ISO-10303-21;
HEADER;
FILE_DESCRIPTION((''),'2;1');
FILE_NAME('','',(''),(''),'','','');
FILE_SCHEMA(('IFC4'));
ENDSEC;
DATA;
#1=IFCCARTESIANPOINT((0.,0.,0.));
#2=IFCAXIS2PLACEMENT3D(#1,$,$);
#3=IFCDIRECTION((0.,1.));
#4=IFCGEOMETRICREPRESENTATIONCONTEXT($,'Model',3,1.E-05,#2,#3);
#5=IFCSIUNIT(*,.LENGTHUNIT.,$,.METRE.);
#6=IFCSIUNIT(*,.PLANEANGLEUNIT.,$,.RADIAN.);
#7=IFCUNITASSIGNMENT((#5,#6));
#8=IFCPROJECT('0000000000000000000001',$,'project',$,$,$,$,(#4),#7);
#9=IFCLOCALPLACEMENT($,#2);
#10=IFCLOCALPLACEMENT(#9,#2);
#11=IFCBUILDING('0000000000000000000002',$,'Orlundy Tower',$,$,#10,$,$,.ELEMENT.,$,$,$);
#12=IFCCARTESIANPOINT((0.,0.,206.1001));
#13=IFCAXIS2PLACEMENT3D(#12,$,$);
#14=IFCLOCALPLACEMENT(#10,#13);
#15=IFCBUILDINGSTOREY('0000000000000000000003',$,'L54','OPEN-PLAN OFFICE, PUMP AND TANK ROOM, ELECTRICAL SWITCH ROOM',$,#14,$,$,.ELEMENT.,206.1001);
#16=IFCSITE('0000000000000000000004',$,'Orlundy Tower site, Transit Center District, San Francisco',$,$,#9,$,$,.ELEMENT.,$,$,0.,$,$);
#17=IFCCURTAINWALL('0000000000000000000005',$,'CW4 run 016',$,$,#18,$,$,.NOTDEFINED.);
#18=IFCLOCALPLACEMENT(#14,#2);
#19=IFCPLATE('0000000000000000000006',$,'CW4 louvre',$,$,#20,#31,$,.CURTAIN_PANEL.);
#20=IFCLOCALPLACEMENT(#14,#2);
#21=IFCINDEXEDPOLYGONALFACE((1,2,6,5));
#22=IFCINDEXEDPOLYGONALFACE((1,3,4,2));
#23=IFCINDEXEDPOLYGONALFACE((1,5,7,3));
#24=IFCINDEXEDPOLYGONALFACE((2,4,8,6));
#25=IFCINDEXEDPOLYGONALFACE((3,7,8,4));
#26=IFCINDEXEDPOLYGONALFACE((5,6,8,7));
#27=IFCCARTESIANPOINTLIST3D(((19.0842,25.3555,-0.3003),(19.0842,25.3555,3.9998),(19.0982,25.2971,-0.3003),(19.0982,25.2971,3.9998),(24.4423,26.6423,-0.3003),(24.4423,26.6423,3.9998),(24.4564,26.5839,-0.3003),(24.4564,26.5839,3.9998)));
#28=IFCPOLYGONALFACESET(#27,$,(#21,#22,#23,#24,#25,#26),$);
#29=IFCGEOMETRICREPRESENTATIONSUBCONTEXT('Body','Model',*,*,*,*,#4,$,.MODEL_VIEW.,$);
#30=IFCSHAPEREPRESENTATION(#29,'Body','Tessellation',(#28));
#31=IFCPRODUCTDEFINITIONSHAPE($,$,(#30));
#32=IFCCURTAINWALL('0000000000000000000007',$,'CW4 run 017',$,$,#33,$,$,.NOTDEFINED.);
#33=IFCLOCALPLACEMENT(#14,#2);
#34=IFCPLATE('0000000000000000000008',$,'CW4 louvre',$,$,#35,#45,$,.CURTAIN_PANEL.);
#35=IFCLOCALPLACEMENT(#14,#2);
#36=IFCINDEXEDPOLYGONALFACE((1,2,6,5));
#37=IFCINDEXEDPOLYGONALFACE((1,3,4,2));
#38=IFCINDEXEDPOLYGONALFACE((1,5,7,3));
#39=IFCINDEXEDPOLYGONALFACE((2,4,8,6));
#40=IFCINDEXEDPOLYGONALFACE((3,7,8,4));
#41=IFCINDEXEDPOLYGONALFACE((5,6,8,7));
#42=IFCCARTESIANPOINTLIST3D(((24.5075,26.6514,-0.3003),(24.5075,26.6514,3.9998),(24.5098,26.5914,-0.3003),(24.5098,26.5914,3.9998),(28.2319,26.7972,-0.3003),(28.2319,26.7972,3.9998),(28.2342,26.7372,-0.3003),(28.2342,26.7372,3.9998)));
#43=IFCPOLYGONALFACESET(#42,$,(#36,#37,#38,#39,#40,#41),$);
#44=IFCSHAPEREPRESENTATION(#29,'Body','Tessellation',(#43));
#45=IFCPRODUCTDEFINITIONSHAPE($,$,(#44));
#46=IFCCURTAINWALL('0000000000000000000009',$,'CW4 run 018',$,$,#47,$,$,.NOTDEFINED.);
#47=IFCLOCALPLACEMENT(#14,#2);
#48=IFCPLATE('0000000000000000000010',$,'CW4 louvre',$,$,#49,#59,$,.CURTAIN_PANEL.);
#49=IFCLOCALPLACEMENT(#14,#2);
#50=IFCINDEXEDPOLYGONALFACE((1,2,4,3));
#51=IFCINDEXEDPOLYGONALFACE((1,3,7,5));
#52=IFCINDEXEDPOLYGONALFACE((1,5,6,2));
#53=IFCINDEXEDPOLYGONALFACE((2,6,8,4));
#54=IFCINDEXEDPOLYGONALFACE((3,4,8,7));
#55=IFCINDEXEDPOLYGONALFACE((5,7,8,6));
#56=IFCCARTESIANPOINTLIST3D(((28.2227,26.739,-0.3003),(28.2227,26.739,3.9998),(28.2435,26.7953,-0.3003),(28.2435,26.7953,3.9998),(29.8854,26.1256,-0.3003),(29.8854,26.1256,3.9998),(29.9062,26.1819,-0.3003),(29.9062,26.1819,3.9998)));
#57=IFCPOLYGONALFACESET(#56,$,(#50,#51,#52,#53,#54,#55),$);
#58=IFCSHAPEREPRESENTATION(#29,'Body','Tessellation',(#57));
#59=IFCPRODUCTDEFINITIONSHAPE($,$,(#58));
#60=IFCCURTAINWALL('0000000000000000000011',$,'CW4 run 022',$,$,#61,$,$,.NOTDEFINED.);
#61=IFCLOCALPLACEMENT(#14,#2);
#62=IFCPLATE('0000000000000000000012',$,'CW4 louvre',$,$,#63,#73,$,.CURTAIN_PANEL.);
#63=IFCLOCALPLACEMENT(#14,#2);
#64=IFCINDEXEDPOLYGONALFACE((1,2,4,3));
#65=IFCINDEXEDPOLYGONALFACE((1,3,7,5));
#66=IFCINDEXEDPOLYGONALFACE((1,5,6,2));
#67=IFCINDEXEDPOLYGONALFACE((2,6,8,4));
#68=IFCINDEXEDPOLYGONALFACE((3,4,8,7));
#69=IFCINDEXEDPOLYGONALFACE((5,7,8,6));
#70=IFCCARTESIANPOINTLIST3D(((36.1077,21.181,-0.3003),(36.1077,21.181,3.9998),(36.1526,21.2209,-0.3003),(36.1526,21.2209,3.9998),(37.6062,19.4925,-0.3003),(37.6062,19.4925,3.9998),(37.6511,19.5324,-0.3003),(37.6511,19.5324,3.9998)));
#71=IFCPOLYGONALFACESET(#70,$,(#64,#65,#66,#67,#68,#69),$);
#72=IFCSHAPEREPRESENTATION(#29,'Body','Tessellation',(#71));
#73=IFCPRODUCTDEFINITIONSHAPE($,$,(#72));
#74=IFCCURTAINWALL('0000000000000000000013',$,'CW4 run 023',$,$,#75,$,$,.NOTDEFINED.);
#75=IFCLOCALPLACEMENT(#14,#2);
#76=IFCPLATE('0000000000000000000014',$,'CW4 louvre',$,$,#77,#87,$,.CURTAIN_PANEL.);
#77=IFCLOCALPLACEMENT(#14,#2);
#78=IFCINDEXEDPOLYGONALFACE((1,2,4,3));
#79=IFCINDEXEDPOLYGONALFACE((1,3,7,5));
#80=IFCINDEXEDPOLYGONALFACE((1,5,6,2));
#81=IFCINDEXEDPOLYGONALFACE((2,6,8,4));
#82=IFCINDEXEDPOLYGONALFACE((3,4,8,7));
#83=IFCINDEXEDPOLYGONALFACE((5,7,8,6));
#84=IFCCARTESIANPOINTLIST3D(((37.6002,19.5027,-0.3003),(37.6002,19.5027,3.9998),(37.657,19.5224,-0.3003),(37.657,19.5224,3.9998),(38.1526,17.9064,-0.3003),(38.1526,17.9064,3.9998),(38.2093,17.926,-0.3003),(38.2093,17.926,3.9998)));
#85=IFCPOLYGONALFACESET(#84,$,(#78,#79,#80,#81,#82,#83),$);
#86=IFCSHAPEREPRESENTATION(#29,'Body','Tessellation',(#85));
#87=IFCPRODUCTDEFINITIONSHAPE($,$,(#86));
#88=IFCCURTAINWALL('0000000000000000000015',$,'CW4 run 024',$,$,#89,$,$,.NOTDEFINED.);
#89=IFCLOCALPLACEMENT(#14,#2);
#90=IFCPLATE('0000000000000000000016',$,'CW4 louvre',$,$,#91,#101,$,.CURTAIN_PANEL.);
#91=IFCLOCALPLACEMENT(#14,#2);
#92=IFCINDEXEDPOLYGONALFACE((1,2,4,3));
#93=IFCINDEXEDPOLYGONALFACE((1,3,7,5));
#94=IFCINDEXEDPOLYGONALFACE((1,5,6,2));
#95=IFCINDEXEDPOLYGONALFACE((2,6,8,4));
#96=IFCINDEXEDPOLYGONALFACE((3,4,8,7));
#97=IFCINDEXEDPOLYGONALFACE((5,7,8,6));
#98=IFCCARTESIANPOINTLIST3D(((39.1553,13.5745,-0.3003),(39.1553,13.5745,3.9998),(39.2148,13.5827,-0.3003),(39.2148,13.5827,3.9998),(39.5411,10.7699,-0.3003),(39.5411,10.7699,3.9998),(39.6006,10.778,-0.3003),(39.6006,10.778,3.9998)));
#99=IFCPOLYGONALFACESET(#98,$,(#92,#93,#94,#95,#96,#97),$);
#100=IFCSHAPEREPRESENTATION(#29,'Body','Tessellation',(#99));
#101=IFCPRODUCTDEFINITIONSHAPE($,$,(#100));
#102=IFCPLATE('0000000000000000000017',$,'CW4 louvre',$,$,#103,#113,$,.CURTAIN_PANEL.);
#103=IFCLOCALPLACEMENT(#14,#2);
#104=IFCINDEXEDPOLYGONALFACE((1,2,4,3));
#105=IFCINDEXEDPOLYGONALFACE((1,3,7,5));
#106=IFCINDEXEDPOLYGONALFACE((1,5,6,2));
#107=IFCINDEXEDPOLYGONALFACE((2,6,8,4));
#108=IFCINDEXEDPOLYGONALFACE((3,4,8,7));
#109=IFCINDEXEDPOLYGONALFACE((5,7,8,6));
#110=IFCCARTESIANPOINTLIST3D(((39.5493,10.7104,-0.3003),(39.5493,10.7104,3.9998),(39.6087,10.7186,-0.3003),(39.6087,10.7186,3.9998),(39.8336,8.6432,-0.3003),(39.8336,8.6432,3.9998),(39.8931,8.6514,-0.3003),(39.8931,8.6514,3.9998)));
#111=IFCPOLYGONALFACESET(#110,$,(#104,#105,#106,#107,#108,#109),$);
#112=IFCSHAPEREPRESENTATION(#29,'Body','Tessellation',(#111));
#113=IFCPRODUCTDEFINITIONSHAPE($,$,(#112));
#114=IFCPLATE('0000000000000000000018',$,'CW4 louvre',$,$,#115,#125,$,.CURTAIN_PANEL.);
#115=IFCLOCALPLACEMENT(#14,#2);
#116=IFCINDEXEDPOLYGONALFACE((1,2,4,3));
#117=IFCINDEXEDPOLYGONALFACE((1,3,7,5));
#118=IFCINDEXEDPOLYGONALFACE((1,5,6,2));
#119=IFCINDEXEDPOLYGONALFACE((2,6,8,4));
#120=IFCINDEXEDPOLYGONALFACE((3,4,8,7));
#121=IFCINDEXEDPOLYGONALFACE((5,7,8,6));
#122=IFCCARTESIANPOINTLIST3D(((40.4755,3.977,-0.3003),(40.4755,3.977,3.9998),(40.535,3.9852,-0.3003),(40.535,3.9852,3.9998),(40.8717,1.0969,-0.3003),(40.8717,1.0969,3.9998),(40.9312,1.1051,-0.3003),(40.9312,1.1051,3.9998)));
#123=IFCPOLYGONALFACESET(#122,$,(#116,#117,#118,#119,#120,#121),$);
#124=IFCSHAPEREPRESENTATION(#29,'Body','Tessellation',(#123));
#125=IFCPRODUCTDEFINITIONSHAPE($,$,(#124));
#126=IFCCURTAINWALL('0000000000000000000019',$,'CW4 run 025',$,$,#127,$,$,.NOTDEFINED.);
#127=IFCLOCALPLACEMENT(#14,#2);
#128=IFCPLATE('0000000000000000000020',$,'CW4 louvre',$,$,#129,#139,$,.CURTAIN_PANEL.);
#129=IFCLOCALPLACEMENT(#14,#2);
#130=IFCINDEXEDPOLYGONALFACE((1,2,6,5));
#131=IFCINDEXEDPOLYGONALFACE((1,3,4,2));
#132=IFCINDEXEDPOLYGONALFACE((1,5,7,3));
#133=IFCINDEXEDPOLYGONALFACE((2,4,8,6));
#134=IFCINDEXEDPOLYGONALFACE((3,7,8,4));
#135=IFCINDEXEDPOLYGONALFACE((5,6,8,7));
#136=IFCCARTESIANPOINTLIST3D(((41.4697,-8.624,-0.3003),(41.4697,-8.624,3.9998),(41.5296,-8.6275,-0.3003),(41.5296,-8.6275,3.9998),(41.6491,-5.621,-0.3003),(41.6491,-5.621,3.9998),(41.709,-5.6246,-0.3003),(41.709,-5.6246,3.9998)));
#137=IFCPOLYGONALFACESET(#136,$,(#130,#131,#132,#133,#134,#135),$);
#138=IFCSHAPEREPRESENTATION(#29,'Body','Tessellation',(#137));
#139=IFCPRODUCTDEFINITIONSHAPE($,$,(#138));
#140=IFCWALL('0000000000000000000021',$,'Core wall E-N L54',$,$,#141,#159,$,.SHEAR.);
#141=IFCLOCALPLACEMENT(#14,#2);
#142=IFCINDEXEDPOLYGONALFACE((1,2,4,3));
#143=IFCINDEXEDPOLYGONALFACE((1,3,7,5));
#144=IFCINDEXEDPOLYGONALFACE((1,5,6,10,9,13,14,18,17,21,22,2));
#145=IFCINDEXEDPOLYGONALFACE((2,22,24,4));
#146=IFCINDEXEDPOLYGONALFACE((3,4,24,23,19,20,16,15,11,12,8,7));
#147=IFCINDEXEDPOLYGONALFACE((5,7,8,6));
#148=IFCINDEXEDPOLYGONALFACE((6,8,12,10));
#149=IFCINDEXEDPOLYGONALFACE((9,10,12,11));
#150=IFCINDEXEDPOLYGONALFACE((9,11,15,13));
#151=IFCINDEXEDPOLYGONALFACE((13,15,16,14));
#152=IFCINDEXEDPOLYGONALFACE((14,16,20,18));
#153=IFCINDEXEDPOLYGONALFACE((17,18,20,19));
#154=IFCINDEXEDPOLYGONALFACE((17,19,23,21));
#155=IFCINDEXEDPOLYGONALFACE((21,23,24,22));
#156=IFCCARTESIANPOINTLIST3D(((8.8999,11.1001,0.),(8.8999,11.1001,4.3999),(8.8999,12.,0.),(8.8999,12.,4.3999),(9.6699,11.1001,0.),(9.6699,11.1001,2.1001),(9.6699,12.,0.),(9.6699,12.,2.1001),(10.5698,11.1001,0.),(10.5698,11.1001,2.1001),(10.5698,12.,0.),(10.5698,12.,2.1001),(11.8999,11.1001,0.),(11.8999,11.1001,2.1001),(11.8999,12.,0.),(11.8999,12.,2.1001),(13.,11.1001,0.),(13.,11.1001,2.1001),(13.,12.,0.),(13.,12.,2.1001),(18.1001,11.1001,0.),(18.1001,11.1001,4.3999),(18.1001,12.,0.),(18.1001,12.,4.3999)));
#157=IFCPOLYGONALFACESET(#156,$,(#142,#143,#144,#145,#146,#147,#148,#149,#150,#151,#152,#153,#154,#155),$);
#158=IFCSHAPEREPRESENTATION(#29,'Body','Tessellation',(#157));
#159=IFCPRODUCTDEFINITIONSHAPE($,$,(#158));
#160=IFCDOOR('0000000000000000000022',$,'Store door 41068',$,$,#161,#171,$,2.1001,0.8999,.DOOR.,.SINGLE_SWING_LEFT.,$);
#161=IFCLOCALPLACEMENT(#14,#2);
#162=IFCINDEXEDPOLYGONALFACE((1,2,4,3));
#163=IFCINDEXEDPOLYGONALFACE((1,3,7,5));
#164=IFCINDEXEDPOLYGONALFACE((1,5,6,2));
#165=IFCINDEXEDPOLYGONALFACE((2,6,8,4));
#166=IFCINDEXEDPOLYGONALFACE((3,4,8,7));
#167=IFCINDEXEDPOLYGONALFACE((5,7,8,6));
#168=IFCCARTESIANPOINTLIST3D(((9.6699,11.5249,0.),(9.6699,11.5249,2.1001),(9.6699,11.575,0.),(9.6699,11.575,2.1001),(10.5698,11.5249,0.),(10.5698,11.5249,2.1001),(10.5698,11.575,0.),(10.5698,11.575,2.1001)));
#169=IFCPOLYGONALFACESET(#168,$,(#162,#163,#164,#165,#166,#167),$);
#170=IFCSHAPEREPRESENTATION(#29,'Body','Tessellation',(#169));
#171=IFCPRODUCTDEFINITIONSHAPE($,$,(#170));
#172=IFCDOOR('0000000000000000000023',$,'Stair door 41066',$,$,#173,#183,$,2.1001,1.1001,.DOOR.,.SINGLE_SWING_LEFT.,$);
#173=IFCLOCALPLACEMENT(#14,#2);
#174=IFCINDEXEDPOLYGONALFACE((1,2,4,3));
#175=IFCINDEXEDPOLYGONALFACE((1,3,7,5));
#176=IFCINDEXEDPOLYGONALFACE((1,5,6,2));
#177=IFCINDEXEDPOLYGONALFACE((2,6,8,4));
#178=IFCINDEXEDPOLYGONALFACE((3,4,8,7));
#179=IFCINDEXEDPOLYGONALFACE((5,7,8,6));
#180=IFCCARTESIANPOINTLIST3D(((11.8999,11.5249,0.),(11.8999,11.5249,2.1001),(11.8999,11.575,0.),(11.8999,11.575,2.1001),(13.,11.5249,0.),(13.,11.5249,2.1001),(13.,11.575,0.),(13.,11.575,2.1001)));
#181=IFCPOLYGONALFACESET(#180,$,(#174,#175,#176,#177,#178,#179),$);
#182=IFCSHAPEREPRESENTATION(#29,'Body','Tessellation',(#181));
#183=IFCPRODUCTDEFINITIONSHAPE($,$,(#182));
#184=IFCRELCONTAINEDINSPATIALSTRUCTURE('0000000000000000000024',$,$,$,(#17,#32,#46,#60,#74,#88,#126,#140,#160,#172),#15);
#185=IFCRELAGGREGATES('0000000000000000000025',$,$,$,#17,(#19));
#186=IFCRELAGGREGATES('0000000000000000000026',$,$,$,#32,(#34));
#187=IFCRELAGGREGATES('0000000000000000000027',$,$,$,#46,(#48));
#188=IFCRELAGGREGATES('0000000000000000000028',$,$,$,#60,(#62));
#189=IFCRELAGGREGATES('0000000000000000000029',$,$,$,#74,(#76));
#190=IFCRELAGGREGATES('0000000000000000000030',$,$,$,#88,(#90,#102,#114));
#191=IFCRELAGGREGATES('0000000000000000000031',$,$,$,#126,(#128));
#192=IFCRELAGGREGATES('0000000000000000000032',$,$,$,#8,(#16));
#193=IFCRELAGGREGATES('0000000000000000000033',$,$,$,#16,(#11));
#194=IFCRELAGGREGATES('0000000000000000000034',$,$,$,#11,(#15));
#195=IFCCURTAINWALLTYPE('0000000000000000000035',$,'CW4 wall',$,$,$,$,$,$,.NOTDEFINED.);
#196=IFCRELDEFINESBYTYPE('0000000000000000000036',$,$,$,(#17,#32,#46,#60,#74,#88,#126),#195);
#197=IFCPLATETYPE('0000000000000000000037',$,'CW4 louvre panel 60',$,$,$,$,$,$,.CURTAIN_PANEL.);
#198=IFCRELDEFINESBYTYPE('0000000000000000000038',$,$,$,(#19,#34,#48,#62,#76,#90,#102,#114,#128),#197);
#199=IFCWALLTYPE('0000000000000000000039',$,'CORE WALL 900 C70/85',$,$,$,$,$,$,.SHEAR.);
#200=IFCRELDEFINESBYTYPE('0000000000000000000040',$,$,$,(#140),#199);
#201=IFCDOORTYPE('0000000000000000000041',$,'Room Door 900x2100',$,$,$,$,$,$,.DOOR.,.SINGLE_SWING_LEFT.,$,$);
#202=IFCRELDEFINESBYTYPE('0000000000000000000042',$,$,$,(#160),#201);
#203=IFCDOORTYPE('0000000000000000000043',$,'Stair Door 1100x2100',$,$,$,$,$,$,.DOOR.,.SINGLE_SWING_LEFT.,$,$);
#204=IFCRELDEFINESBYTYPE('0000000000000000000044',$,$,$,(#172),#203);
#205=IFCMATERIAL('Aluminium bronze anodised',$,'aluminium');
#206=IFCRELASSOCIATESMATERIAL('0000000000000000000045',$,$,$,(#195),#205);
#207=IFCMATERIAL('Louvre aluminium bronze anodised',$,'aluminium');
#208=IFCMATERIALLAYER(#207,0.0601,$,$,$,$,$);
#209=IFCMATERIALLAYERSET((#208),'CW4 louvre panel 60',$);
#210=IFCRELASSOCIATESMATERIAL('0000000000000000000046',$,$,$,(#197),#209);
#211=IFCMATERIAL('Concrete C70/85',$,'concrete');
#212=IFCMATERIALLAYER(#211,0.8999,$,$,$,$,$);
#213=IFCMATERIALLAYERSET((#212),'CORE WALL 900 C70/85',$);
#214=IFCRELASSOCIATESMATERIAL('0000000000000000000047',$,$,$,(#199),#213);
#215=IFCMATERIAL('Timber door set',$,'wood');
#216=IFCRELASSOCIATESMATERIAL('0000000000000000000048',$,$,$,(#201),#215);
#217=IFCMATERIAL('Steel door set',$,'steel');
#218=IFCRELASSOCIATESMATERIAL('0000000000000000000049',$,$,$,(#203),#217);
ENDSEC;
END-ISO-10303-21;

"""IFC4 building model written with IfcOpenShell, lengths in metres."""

from ifc_helpers import new_model, si_unit, direction, frame, frame_2d, origin, origin_2d, place, context, subcontext, project, spatial, rectangle, extrude, material, layer, layer_set, type_object, element, fill, aggregate, save


model = new_model("IFC4")

# Units and contexts
model_context = context("Model", 3, precision=1e-05, world=origin(), true_north=direction((0.0, 1.0)))
body_context = subcontext(model_context, "Body", "Model", "MODEL_VIEW")
ifc_project = project(units=[si_unit("LENGTHUNIT", "METRE"), si_unit("PLANEANGLEUNIT", "RADIAN")], contexts=[model_context])

# Site, building, storey
site_placement = place(None, origin())
site = spatial("IfcSite", under=ifc_project, at=site_placement, Name="Orlundy Tower site, Transit Center District, San Francisco", CompositionType="ELEMENT", RefElevation=0.0)
building_placement = place(site_placement, origin())
building = spatial("IfcBuilding", under=site, at=building_placement, Name="Orlundy Tower", CompositionType="ELEMENT")
storey_placement = place(building_placement, frame((0.0, 0.0, 206.1001)))
storey = spatial("IfcBuildingStorey", under=building, at=storey_placement, Name="L54", Description="OPEN-PLAN OFFICE, PUMP AND TANK ROOM, ELECTRICAL SWITCH ROOM", CompositionType="ELEMENT", Elevation=206.1001)

# Shared definitions
ifc_material_1 = material(Name="Aluminium bronze anodised", Category="aluminium")
curtain_wall_type = type_object("IfcCurtainWallType", Name="CW4 wall", PredefinedType="NOTDEFINED", material=ifc_material_1)
ifc_material_2 = material(Name="Louvre aluminium bronze anodised", Category="aluminium")
ifc_layer_1 = layer(ifc_material_2, 0.0601)
ifc_layer_set_1 = layer_set([ifc_layer_1], Name="CW4 louvre panel 60")
plate_type = type_object("IfcPlateType", Name="CW4 louvre panel 60", PredefinedType="CURTAIN_PANEL", material=ifc_layer_set_1)

# Curtain walls, plates
curtain_wall_1_placement = place(storey_placement, origin())
curtain_wall_1 = element("IfcCurtainWall", 1, at=curtain_wall_1_placement, inside=storey, type_object=curtain_wall_type, Name="CW4 run 016", PredefinedType="NOTDEFINED")
plate_1_placement = place(storey_placement, frame((21.7703, 25.9697, -0.3003), z_axis=(0.0, 0.0, 1.0), x_axis=(0.972353, 0.233517, 0.0)))
plate_1 = element("IfcPlate", 2, at=plate_1_placement, type_object=plate_type, Name="CW4 louvre", PredefinedType="CURTAIN_PANEL", context=body_context, shape_type="SweptSolid", body=[
    extrude(rectangle(XDim=5.5105, YDim=0.0601, at=origin_2d()), origin(), (0.0, 0.0, 1.0), 4.3),
])
aggregate(curtain_wall_1, [plate_1])
curtain_wall_2_placement = place(storey_placement, origin())
curtain_wall_2 = element("IfcCurtainWall", 3, at=curtain_wall_2_placement, inside=storey, type_object=curtain_wall_type, Name="CW4 run 017", PredefinedType="NOTDEFINED")
plate_2_placement = place(storey_placement, frame((26.3708, 26.6943, -0.3003), z_axis=(0.0, 0.0, 1.0), x_axis=(0.999235, 0.039117, 0.0)))
plate_2 = element("IfcPlate", 4, at=plate_2_placement, type_object=plate_type, Name="CW4 louvre", PredefinedType="CURTAIN_PANEL", context=body_context, shape_type="SweptSolid", body=[
    extrude(rectangle(XDim=3.7273, YDim=0.0601, at=origin_2d()), origin(), (0.0, 0.0, 1.0), 4.3),
])
aggregate(curtain_wall_2, [plate_2])
curtain_wall_3_placement = place(storey_placement, origin())
curtain_wall_3 = element("IfcCurtainWall", 5, at=curtain_wall_3_placement, inside=storey, type_object=curtain_wall_type, Name="CW4 run 018", PredefinedType="NOTDEFINED")
plate_3_placement = place(storey_placement, frame((29.0645, 26.4604, -0.3003), z_axis=(0.0, 0.0, 1.0), x_axis=(0.9382, -0.346093, 0.0)))
plate_3 = element("IfcPlate", 6, at=plate_3_placement, type_object=plate_type, Name="CW4 louvre", PredefinedType="CURTAIN_PANEL", context=body_context, shape_type="SweptSolid", body=[
    extrude(rectangle(XDim=1.7722, YDim=0.0601, at=origin_2d()), origin(), (0.0, 0.0, 1.0), 4.3),
])
aggregate(curtain_wall_3, [plate_3])
curtain_wall_4_placement = place(storey_placement, origin())
curtain_wall_4 = element("IfcCurtainWall", 7, at=curtain_wall_4_placement, inside=storey, type_object=curtain_wall_type, Name="CW4 run 022", PredefinedType="NOTDEFINED")
plate_4_placement = place(storey_placement, frame((36.8794, 20.3567, -0.3003), z_axis=(0.0, 0.0, 1.0), x_axis=(0.663761, -0.747945, 0.0)))
plate_4 = element("IfcPlate", 8, at=plate_4_placement, type_object=plate_type, Name="CW4 louvre", PredefinedType="CURTAIN_PANEL", context=body_context, shape_type="SweptSolid", body=[
    extrude(rectangle(XDim=2.2576, YDim=0.0601, at=origin_2d()), origin(), (0.0, 0.0, 1.0), 4.3),
])
aggregate(curtain_wall_4, [plate_4])
curtain_wall_5_placement = place(storey_placement, origin())
curtain_wall_5 = element("IfcCurtainWall", 9, at=curtain_wall_5_placement, inside=storey, type_object=curtain_wall_type, Name="CW4 run 023", PredefinedType="NOTDEFINED")
plate_5_placement = place(storey_placement, frame((37.9048, 18.7144, -0.3003), z_axis=(0.0, 0.0, 1.0), x_axis=(0.326972, -0.945034, 0.0)))
plate_5 = element("IfcPlate", 10, at=plate_5_placement, type_object=plate_type, Name="CW4 louvre", PredefinedType="CURTAIN_PANEL", context=body_context, shape_type="SweptSolid", body=[
    extrude(rectangle(XDim=1.6892, YDim=0.0601, at=origin_2d()), origin(), (0.0, 0.0, 1.0), 4.3),
])
aggregate(curtain_wall_5, [plate_5])

# Curtain wall, plates
curtain_wall_6_placement = place(storey_placement, origin())
curtain_wall_6 = element("IfcCurtainWall", 11, at=curtain_wall_6_placement, inside=storey, type_object=curtain_wall_type, Name="CW4 run 024", PredefinedType="NOTDEFINED")
plate_6_placement = place(storey_placement, frame((39.3779, 12.1763, -0.3003), z_axis=(0.0, 0.0, 1.0), x_axis=(0.136286, -0.99067, 0.0)))
plate_6 = element("IfcPlate", 12, at=plate_6_placement, type_object=plate_type, Name="CW4 louvre", PredefinedType="CURTAIN_PANEL", context=body_context, shape_type="SweptSolid", body=[
    extrude(rectangle(XDim=2.8311, YDim=0.0601, at=origin_2d()), origin(), (0.0, 0.0, 1.0), 4.3),
])
plate_7_placement = place(storey_placement, frame((39.7212, 9.6809, -0.3003), z_axis=(0.0, 0.0, 1.0), x_axis=(0.136286, -0.99067, 0.0)))
plate_7 = element("IfcPlate", 13, at=plate_7_placement, type_object=plate_type, Name="CW4 louvre", PredefinedType="CURTAIN_PANEL", context=body_context, shape_type="SweptSolid", body=[
    extrude(rectangle(XDim=2.0867, YDim=0.0601, at=origin_2d()), origin(), (0.0, 0.0, 1.0), 4.3),
])
plate_8_placement = place(storey_placement, frame((40.7034, 2.541, -0.3003), z_axis=(0.0, 0.0, 1.0), x_axis=(0.136286, -0.99067, 0.0)))
plate_8 = element("IfcPlate", 14, at=plate_8_placement, type_object=plate_type, Name="CW4 louvre", PredefinedType="CURTAIN_PANEL", context=body_context, shape_type="SweptSolid", body=[
    extrude(rectangle(XDim=2.9072, YDim=0.0601, at=origin_2d()), origin(), (0.0, 0.0, 1.0), 4.3),
])
aggregate(curtain_wall_6, [plate_6, plate_7, plate_8])

# Curtain wall, plate
curtain_wall_7_placement = place(storey_placement, origin())
curtain_wall_7 = element("IfcCurtainWall", 15, at=curtain_wall_7_placement, inside=storey, type_object=curtain_wall_type, Name="CW4 run 025", PredefinedType="NOTDEFINED")
plate_9_placement = place(storey_placement, frame((41.5894, -7.1243, -0.3003), z_axis=(0.0, 0.0, 1.0), x_axis=(-0.059623, -0.998221, 0.0)))
plate_9 = element("IfcPlate", 16, at=plate_9_placement, type_object=plate_type, Name="CW4 louvre", PredefinedType="CURTAIN_PANEL", context=body_context, shape_type="SweptSolid", body=[
    extrude(rectangle(XDim=3.0083, YDim=0.0601, at=origin_2d()), origin(), (0.0, 0.0, 1.0), 4.3),
])
aggregate(curtain_wall_7, [plate_9])

# Wall, openings, doors
ifc_material_3 = material(Name="Concrete C70/85", Category="concrete")
ifc_layer_2 = layer(ifc_material_3, 0.8999)
ifc_layer_set_2 = layer_set([ifc_layer_2], Name="CORE WALL 900 C70/85")
wall_type = type_object("IfcWallType", Name="CORE WALL 900 C70/85", PredefinedType="SHEAR", material=ifc_layer_set_2)
wall_placement = place(storey_placement, frame((8.8999, 11.55, 0.0), z_axis=(0.0, 0.0, 1.0), x_axis=(1.0, 0.0, 0.0)))
wall = element("IfcWall", 17, at=wall_placement, inside=storey, type_object=wall_type, Name="Core wall E-N L54", PredefinedType="SHEAR", context=body_context, shape_type="SweptSolid", body=[
    extrude(rectangle(XDim=9.2002, YDim=0.8999, at=frame_2d((4.6001, 0.0))), origin(), (0.0, 0.0, 1.0), 4.3999),
])
opening_1_placement = place(wall_placement, frame((3.0, 0.0, 0.0)))
opening_1 = element("IfcOpeningElement", 18, at=opening_1_placement, cuts=wall, PredefinedType="OPENING", context=body_context, shape_type="SweptSolid", body=[
    extrude(rectangle(XDim=1.1001, YDim=2.1001, at=frame_2d((0.55, 1.05))), frame((0.0, 0.46, 0.0), z_axis=(0.0, -1.0, 0.0), x_axis=(1.0, 0.0, 0.0)), (0.0, 0.0, 1.0), 0.9199),
])
opening_2_placement = place(wall_placement, frame((0.77, 0.0, 0.0)))
opening_2 = element("IfcOpeningElement", 19, at=opening_2_placement, cuts=wall, PredefinedType="OPENING", context=body_context, shape_type="SweptSolid", body=[
    extrude(rectangle(XDim=0.8999, YDim=2.1001, at=frame_2d((0.45, 1.05))), frame((0.0, 0.46, 0.0), z_axis=(0.0, -1.0, 0.0), x_axis=(1.0, 0.0, 0.0)), (0.0, 0.0, 1.0), 0.9199),
])
ifc_material_4 = material(Name="Timber door set", Category="wood")
door_type_1 = type_object("IfcDoorType", Name="Room Door 900x2100", OperationType="SINGLE_SWING_LEFT", PredefinedType="DOOR", material=ifc_material_4)
door_1_placement = place(opening_2_placement, origin())
door_1 = element("IfcDoor", 20, at=door_1_placement, inside=storey, type_object=door_type_1, Name="Store door 41068", OperationType="SINGLE_SWING_LEFT", OverallHeight=2.1001, OverallWidth=0.8999, PredefinedType="DOOR", context=body_context, shape_type="SweptSolid", body=[
    extrude(rectangle(XDim=0.8999, YDim=2.1001, at=frame_2d((0.45, 1.05))), frame((0.0, 0.0249, 0.0), z_axis=(0.0, -1.0, 0.0), x_axis=(1.0, 0.0, 0.0)), (0.0, 0.0, 1.0), 0.05),
])
fill(opening_2, door_1)
ifc_material_5 = material(Name="Steel door set", Category="steel")
door_type_2 = type_object("IfcDoorType", Name="Stair Door 1100x2100", OperationType="SINGLE_SWING_LEFT", PredefinedType="DOOR", material=ifc_material_5)
door_2_placement = place(opening_1_placement, origin())
door_2 = element("IfcDoor", 21, at=door_2_placement, inside=storey, type_object=door_type_2, Name="Stair door 41066", OperationType="SINGLE_SWING_LEFT", OverallHeight=2.1001, OverallWidth=1.1001, PredefinedType="DOOR", context=body_context, shape_type="SweptSolid", body=[
    extrude(rectangle(XDim=1.1001, YDim=2.1001, at=frame_2d((0.55, 1.05))), frame((0.0, 0.0249, 0.0), z_axis=(0.0, -1.0, 0.0), x_axis=(1.0, 0.0, 0.0)), (0.0, 0.0, 1.0), 0.05),
])
fill(opening_1, door_2)

save(model, "model.ifc")
